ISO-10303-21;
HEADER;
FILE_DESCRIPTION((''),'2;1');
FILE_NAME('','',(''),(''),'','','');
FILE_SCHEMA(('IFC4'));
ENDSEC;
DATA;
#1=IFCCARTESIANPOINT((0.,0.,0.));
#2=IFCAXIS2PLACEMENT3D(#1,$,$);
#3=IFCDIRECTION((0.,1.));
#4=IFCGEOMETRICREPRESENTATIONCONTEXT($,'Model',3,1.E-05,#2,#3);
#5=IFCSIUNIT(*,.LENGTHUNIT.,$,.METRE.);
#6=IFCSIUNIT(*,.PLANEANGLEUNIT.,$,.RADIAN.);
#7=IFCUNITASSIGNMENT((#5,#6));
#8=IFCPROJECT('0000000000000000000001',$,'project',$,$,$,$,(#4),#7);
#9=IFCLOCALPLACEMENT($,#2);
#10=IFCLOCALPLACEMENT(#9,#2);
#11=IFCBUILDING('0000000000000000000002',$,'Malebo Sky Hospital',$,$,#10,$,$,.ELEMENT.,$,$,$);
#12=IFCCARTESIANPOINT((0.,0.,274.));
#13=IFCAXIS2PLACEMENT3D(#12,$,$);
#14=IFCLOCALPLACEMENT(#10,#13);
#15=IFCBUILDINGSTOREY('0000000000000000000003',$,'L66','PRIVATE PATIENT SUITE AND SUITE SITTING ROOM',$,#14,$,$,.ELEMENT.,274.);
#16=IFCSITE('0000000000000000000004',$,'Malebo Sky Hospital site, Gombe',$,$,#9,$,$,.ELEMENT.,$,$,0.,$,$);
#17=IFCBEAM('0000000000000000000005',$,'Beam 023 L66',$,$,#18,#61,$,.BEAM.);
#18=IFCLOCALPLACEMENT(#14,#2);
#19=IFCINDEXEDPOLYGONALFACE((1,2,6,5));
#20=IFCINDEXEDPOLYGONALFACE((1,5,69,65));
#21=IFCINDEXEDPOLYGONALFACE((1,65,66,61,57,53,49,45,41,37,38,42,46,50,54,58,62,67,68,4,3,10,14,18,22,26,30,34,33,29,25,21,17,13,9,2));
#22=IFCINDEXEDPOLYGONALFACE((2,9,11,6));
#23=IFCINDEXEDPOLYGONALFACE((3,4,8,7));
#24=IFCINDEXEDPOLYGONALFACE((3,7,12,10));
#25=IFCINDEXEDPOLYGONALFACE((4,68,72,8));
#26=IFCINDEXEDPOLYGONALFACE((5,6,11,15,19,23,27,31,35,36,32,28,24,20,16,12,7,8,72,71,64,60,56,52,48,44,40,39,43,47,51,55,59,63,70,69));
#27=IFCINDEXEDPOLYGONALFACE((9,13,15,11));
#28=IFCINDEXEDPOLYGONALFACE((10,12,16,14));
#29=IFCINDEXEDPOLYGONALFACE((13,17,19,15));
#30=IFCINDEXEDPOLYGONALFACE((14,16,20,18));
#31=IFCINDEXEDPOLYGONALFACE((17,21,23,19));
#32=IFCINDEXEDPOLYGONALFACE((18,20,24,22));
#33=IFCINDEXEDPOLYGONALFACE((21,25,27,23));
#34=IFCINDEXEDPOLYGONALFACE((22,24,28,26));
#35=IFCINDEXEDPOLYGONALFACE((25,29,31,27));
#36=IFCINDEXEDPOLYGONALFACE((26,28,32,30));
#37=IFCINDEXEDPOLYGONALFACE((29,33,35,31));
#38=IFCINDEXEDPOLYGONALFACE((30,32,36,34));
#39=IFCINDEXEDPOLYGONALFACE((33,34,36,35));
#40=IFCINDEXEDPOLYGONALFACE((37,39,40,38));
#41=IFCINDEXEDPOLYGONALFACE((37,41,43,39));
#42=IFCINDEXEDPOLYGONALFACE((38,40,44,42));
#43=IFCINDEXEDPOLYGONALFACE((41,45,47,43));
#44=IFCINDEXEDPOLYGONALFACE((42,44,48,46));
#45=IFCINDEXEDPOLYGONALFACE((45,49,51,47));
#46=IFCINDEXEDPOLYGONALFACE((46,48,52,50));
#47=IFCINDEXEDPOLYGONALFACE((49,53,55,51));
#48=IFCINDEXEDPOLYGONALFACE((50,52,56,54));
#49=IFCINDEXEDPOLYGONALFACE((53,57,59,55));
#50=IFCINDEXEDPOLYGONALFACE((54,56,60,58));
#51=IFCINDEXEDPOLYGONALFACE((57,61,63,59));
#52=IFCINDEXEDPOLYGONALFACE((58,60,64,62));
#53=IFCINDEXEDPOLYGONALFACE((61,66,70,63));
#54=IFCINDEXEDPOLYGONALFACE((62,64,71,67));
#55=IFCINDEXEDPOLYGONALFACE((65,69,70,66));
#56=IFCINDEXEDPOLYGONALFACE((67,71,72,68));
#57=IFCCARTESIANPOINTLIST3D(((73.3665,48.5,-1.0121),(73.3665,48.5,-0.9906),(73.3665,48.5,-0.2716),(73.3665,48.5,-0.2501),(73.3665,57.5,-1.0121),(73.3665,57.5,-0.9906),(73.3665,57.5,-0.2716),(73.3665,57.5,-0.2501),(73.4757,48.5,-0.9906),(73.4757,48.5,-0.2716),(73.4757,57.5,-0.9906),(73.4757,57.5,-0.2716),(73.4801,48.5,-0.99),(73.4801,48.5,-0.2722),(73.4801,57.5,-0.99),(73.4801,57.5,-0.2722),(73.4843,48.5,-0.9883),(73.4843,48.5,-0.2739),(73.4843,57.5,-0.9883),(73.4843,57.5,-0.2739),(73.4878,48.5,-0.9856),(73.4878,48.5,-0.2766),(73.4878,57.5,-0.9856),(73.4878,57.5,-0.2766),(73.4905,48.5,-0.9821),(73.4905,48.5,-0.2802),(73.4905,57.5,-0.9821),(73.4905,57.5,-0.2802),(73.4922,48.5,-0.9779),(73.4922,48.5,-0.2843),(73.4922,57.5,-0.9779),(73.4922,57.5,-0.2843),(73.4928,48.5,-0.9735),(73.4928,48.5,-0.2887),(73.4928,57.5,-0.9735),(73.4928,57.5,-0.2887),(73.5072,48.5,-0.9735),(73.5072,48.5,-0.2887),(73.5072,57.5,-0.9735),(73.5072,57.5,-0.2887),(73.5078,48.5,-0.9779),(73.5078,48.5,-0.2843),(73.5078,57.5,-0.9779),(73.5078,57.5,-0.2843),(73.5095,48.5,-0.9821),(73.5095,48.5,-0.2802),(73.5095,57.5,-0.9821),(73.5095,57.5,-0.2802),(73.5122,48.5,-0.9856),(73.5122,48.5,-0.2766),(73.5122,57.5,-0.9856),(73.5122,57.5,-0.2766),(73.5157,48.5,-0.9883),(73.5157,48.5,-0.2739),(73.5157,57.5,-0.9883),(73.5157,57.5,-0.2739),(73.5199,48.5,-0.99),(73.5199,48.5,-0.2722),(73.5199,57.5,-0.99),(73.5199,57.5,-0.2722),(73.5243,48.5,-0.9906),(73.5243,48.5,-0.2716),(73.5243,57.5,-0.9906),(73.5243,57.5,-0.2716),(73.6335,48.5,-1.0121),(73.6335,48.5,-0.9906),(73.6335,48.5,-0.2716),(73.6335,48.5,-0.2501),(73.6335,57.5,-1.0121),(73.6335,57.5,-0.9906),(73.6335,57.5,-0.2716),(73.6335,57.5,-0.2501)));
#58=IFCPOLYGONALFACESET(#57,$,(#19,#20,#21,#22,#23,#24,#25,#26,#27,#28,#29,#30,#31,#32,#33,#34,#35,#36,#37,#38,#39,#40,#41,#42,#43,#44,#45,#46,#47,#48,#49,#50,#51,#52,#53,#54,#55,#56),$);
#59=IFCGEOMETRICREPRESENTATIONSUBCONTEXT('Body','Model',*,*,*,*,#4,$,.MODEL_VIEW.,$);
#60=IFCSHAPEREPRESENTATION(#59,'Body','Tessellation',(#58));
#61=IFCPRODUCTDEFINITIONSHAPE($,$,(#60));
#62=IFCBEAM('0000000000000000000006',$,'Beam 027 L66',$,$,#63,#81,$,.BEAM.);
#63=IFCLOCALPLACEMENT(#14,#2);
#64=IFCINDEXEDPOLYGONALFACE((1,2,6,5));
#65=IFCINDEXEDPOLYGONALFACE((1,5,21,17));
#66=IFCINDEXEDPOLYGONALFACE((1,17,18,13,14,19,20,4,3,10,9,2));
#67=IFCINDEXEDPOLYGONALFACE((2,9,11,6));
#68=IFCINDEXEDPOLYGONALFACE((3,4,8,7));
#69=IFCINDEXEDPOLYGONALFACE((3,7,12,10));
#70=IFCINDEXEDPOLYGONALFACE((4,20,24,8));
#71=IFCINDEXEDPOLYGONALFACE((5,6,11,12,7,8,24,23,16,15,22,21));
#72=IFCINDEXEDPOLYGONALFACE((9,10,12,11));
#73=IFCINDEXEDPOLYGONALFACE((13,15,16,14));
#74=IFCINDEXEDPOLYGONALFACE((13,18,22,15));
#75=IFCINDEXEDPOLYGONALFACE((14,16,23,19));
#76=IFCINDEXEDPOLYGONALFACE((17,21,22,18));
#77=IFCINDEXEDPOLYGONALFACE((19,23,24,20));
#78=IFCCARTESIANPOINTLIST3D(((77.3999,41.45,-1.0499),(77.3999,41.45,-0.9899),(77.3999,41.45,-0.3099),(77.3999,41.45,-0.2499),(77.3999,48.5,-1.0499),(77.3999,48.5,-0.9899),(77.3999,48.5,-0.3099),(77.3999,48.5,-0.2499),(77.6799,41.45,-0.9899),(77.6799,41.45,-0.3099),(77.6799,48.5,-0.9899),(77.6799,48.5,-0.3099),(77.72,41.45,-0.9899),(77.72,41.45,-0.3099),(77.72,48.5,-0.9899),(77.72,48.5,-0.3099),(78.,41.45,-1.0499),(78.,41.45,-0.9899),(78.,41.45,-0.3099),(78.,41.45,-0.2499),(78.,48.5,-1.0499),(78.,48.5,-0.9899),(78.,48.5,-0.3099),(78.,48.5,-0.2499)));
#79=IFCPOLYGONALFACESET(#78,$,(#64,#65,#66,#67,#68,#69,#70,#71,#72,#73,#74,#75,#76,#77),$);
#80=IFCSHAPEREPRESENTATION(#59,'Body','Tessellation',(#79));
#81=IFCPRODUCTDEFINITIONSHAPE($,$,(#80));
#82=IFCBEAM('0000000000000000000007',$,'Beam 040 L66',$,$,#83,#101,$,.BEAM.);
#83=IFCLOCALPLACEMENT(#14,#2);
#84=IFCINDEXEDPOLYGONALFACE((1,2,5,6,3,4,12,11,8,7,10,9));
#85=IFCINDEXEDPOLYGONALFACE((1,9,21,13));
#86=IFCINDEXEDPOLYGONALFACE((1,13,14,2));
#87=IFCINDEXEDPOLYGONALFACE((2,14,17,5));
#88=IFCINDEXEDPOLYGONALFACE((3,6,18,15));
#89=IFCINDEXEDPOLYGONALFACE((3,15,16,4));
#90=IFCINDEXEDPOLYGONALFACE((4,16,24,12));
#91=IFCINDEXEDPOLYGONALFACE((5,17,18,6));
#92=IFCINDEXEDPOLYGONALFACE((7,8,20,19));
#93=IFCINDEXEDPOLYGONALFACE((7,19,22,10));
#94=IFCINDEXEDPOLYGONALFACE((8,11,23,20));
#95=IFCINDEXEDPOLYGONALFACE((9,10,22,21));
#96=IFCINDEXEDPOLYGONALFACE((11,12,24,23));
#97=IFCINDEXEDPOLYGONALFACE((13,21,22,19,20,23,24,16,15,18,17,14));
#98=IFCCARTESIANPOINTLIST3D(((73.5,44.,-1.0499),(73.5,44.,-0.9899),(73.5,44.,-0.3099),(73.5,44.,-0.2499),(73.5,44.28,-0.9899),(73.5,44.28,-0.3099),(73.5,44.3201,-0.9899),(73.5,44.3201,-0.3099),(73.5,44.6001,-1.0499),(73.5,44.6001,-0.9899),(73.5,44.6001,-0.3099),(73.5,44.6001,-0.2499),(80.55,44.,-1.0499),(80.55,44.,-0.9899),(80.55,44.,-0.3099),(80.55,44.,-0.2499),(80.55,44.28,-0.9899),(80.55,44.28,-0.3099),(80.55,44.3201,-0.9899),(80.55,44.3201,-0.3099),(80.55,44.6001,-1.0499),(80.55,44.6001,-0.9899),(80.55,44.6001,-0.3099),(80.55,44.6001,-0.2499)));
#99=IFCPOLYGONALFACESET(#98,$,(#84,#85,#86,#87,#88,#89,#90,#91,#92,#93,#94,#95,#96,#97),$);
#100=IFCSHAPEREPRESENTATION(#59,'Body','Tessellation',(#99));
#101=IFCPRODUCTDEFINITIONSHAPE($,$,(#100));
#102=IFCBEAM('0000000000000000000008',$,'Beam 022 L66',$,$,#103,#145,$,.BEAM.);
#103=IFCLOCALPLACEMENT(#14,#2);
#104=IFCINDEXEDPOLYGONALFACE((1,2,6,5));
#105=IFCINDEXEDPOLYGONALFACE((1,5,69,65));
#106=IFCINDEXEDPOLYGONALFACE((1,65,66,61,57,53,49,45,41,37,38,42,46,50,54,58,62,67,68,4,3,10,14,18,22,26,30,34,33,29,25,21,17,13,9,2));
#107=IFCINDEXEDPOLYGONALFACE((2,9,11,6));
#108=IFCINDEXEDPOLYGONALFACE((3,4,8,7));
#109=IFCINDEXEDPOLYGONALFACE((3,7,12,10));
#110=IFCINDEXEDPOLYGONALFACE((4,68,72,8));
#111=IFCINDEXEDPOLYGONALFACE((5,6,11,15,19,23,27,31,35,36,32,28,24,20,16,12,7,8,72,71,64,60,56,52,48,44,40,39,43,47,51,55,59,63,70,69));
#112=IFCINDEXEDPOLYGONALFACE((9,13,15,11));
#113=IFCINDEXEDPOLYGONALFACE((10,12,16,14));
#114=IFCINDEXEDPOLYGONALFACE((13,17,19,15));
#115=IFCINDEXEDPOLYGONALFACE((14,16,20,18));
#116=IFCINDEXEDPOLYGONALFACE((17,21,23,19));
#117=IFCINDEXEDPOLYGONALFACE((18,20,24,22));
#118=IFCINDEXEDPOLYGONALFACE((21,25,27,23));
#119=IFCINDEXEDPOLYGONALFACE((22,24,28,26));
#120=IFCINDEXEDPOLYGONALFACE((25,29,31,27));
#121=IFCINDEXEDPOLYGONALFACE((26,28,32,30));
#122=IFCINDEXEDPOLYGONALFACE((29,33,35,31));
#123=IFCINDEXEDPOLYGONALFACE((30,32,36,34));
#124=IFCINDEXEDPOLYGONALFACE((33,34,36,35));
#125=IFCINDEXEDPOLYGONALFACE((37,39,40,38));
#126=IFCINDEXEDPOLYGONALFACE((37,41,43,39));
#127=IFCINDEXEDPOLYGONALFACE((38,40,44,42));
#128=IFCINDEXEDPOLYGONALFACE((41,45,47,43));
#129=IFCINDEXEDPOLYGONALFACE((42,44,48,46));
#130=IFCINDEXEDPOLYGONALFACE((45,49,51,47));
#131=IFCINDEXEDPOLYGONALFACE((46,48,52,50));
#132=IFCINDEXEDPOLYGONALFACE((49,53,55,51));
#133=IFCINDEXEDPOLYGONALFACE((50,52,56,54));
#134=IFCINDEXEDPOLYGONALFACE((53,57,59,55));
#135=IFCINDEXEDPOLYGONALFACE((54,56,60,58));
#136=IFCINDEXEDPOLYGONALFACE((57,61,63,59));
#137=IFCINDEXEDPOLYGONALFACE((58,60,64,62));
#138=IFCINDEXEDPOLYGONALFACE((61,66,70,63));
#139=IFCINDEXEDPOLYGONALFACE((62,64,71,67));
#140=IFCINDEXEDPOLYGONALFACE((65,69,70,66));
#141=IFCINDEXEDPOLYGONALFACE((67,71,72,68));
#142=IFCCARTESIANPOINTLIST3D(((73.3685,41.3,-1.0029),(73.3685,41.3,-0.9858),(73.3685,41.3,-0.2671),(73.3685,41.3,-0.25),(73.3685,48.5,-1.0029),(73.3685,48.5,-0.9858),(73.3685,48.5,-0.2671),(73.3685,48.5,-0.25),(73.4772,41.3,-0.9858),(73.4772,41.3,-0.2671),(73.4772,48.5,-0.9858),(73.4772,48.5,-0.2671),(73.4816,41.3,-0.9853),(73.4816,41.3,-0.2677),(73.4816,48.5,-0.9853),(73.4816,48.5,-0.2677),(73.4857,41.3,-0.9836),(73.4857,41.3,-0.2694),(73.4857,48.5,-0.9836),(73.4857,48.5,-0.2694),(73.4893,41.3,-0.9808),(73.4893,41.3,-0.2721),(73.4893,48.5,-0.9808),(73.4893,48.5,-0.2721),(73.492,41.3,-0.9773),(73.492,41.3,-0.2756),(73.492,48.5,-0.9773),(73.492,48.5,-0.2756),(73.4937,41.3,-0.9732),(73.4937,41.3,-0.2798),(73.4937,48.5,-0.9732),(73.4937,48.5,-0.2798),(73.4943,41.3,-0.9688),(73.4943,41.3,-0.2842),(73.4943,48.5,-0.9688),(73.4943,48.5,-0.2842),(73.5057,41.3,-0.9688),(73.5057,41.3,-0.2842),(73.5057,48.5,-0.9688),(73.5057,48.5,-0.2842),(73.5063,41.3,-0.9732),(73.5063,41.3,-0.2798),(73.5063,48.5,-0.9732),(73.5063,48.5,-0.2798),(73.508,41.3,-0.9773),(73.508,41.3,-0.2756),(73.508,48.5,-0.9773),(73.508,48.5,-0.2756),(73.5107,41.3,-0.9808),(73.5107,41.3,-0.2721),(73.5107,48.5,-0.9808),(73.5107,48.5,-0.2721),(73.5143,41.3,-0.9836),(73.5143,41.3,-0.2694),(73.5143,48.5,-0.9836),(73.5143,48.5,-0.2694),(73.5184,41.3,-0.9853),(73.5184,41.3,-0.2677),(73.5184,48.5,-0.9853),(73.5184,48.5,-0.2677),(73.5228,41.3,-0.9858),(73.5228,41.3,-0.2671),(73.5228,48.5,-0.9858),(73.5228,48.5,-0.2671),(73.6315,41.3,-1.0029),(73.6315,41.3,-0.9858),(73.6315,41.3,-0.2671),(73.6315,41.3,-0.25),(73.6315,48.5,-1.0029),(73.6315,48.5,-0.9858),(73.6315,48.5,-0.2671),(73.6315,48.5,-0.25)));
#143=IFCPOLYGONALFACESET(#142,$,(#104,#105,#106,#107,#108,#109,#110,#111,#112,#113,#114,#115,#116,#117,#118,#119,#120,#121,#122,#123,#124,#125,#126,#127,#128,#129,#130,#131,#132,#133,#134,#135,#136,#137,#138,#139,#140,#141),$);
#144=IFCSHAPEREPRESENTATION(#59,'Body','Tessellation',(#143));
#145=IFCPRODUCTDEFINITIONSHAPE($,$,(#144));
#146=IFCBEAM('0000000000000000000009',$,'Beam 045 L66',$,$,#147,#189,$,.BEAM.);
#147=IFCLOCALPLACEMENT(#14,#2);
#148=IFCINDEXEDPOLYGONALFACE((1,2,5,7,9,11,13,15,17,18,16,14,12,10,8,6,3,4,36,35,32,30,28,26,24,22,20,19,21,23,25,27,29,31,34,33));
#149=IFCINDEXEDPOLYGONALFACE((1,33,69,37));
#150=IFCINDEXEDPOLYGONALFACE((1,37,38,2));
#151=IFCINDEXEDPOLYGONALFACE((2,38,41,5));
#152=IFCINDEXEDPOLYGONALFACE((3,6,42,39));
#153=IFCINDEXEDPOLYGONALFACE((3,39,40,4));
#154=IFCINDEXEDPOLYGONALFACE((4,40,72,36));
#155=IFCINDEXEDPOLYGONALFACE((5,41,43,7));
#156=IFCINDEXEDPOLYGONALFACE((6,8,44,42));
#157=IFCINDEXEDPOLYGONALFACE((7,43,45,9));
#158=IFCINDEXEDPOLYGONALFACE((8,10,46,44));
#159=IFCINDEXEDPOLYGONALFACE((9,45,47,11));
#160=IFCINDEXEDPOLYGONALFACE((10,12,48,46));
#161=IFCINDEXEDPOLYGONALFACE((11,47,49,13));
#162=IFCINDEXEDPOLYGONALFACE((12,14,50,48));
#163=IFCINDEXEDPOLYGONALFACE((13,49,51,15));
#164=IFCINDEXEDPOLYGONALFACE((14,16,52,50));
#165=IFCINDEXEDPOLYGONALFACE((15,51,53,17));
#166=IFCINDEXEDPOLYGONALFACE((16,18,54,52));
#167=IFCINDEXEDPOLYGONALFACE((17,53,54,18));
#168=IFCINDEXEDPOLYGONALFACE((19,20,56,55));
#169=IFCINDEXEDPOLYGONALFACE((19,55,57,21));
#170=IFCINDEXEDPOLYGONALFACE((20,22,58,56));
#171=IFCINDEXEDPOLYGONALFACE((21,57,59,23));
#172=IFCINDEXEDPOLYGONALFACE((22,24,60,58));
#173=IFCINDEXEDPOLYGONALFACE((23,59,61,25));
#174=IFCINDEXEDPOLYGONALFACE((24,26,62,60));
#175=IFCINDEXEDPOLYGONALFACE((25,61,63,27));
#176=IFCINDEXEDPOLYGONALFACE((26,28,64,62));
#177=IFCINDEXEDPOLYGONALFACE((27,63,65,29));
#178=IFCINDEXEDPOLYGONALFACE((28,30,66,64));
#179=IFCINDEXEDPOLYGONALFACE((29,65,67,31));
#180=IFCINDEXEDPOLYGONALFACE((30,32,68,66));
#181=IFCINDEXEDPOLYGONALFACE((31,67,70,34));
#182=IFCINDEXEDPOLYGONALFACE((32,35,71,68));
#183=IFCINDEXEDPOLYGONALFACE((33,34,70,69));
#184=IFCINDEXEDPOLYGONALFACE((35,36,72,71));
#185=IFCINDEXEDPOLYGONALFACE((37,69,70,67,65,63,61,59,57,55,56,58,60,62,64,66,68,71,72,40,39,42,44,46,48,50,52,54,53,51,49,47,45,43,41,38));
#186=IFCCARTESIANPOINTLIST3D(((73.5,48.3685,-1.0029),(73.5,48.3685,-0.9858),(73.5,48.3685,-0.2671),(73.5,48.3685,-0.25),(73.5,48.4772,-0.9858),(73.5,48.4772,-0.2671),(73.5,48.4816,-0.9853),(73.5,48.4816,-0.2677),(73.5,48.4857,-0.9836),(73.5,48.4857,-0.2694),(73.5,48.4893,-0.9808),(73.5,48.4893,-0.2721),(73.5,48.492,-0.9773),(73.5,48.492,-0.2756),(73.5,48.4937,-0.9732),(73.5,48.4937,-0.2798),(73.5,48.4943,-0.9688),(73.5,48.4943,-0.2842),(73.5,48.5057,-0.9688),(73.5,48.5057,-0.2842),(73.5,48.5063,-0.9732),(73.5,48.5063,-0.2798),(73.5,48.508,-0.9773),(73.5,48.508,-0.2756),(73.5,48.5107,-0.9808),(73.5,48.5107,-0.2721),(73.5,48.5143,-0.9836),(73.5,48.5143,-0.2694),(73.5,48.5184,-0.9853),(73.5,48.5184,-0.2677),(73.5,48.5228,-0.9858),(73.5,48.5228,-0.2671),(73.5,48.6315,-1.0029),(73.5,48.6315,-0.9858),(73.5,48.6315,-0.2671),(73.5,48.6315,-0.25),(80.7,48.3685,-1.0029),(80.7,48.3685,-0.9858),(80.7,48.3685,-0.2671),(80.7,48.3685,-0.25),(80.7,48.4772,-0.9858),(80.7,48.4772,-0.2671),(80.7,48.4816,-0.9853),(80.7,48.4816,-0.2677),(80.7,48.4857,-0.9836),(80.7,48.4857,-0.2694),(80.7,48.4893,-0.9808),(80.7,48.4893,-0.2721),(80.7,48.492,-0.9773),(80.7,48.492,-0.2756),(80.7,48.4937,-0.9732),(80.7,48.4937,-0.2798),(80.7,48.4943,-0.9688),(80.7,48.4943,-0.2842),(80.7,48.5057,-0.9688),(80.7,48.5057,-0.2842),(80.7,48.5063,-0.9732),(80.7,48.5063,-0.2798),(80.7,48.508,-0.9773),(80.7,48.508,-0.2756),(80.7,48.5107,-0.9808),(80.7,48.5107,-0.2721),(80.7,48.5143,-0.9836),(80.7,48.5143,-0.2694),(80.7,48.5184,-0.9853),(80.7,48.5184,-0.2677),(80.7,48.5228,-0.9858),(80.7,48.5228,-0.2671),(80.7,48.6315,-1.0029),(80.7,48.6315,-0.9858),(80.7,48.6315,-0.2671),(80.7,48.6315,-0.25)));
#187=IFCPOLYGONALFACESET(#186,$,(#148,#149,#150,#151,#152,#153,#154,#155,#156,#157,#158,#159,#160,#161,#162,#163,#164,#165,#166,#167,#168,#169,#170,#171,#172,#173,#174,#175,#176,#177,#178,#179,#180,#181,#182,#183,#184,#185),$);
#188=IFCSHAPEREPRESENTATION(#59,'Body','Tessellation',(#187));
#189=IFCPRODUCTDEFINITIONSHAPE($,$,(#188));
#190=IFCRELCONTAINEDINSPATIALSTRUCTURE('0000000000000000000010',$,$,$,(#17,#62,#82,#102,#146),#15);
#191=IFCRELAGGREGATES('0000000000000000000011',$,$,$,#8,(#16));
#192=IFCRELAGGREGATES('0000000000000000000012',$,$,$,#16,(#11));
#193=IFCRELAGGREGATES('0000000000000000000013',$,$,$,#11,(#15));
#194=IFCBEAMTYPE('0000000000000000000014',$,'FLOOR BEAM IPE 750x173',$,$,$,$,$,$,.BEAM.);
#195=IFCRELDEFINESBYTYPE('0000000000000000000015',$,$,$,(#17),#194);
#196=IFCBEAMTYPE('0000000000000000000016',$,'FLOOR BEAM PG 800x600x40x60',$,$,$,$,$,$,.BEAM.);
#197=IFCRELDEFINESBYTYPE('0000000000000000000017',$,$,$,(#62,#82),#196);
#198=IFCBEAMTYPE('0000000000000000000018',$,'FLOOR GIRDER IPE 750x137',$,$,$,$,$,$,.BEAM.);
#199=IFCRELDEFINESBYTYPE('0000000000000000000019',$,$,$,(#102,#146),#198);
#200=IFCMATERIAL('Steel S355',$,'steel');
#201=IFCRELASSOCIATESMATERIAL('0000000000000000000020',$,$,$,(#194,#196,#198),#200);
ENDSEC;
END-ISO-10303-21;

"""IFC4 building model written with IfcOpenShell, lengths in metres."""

from ifc_helpers import new_model, si_unit, direction, frame, origin, origin_2d, place, context, subcontext, project, spatial, i_section, extrude, material, material_profile, profile_set, type_object, element, save


model = new_model("IFC4")

# Units and contexts
model_context = context("Model", 3, precision=1e-05, world=origin(), true_north=direction((0.0, 1.0)))
body_context = subcontext(model_context, "Body", "Model", "MODEL_VIEW")
ifc_project = project(units=[si_unit("LENGTHUNIT", "METRE"), si_unit("PLANEANGLEUNIT", "RADIAN")], contexts=[model_context])

# Site, building, storey
site_placement = place(None, origin())
site = spatial("IfcSite", under=ifc_project, at=site_placement, Name="Malebo Sky Hospital site, Gombe", CompositionType="ELEMENT", RefElevation=0.0)
building_placement = place(site_placement, origin())
building = spatial("IfcBuilding", under=site, at=building_placement, Name="Malebo Sky Hospital", CompositionType="ELEMENT")
storey_placement = place(building_placement, frame((0.0, 0.0, 274.0)))
storey = spatial("IfcBuildingStorey", under=building, at=storey_placement, Name="L66", Description="PRIVATE PATIENT SUITE AND SUITE SITTING ROOM", CompositionType="ELEMENT", Elevation=274.0)

# Beams
ifc_material_1 = material(Name="Steel S355", Category="steel")
ifc_material_profile_1 = material_profile(ifc_material_1, i_section(OverallWidth=0.2671, OverallDepth=0.762, WebThickness=0.0144, FlangeThickness=0.0215, FilletRadius=0.0171, at=origin_2d()), Name="IPE 750x173")
ifc_profile_set_1 = profile_set([ifc_material_profile_1], Name="Steel S355")
beam_type_1 = type_object("IfcBeamType", Name="FLOOR BEAM IPE 750x173", PredefinedType="BEAM", material=ifc_profile_set_1)
beam_1_placement = place(storey_placement, frame((73.5, 48.5, -0.6311), z_axis=(0.0, 1.0, 0.0), x_axis=(-1.0, 0.0, 0.0)))
element("IfcBeam", 1, at=beam_1_placement, inside=storey, type_object=beam_type_1, Name="Beam 023 L66", PredefinedType="BEAM", context=body_context, shape_type="SweptSolid", body=[
    extrude(i_section(OverallWidth=0.2671, OverallDepth=0.762, WebThickness=0.0144, FlangeThickness=0.0215, FilletRadius=0.0171, at=origin_2d()), origin(), (0.0, 0.0, 1.0), 9.0),
])
ifc_material_profile_2 = material_profile(ifc_material_1, i_section(OverallWidth=0.6001, OverallDepth=0.8, WebThickness=0.04, FlangeThickness=0.0601, at=origin_2d()), Name="PG 800x600x40x60")
ifc_profile_set_2 = profile_set([ifc_material_profile_2], Name="Steel S355")
beam_type_2 = type_object("IfcBeamType", Name="FLOOR BEAM PG 800x600x40x60", PredefinedType="BEAM", material=ifc_profile_set_2)
for number, where, z_axis, x_axis, name in (
    (2, (77.7, 41.45, -0.6499), (0.0, 1.0, 0.0), (-1.0, 0.0, 0.0), "Beam 027 L66"),
    (3, (73.5, 44.3, -0.6499), (1.0, 0.0, 0.0), (0.0, 1.0, 0.0), "Beam 040 L66"),
):
    element("IfcBeam", number, at=place(storey_placement, frame(where, z_axis=z_axis, x_axis=x_axis)), inside=storey, type_object=beam_type_2, Name=name, PredefinedType="BEAM", context=body_context, shape_type="SweptSolid", body=[
        extrude(i_section(OverallWidth=0.6001, OverallDepth=0.8, WebThickness=0.04, FlangeThickness=0.0601, at=origin_2d()), origin(), (0.0, 0.0, 1.0), 7.05),
    ])
ifc_material_profile_3 = material_profile(ifc_material_1, i_section(OverallWidth=0.2629, OverallDepth=0.7529, WebThickness=0.0115, FlangeThickness=0.0171, FilletRadius=0.0171, at=origin_2d()), Name="IPE 750x137")
ifc_profile_set_3 = profile_set([ifc_material_profile_3], Name="Steel S355")
beam_type_3 = type_object("IfcBeamType", Name="FLOOR GIRDER IPE 750x137", PredefinedType="BEAM", material=ifc_profile_set_3)
for number, where, z_axis, x_axis, name in (
    (4, (73.5, 41.3, -0.6265), (0.0, 1.0, 0.0), (-1.0, 0.0, 0.0), "Beam 022 L66"),
    (5, (73.5, 48.5, -0.6265), (1.0, 0.0, 0.0), (0.0, 1.0, 0.0), "Beam 045 L66"),
):
    element("IfcBeam", number, at=place(storey_placement, frame(where, z_axis=z_axis, x_axis=x_axis)), inside=storey, type_object=beam_type_3, Name=name, PredefinedType="BEAM", context=body_context, shape_type="SweptSolid", body=[
        extrude(i_section(OverallWidth=0.2629, OverallDepth=0.7529, WebThickness=0.0115, FlangeThickness=0.0171, FilletRadius=0.0171, at=origin_2d()), origin(), (0.0, 0.0, 1.0), 7.2),
    ])

save(model, "model.ifc")
